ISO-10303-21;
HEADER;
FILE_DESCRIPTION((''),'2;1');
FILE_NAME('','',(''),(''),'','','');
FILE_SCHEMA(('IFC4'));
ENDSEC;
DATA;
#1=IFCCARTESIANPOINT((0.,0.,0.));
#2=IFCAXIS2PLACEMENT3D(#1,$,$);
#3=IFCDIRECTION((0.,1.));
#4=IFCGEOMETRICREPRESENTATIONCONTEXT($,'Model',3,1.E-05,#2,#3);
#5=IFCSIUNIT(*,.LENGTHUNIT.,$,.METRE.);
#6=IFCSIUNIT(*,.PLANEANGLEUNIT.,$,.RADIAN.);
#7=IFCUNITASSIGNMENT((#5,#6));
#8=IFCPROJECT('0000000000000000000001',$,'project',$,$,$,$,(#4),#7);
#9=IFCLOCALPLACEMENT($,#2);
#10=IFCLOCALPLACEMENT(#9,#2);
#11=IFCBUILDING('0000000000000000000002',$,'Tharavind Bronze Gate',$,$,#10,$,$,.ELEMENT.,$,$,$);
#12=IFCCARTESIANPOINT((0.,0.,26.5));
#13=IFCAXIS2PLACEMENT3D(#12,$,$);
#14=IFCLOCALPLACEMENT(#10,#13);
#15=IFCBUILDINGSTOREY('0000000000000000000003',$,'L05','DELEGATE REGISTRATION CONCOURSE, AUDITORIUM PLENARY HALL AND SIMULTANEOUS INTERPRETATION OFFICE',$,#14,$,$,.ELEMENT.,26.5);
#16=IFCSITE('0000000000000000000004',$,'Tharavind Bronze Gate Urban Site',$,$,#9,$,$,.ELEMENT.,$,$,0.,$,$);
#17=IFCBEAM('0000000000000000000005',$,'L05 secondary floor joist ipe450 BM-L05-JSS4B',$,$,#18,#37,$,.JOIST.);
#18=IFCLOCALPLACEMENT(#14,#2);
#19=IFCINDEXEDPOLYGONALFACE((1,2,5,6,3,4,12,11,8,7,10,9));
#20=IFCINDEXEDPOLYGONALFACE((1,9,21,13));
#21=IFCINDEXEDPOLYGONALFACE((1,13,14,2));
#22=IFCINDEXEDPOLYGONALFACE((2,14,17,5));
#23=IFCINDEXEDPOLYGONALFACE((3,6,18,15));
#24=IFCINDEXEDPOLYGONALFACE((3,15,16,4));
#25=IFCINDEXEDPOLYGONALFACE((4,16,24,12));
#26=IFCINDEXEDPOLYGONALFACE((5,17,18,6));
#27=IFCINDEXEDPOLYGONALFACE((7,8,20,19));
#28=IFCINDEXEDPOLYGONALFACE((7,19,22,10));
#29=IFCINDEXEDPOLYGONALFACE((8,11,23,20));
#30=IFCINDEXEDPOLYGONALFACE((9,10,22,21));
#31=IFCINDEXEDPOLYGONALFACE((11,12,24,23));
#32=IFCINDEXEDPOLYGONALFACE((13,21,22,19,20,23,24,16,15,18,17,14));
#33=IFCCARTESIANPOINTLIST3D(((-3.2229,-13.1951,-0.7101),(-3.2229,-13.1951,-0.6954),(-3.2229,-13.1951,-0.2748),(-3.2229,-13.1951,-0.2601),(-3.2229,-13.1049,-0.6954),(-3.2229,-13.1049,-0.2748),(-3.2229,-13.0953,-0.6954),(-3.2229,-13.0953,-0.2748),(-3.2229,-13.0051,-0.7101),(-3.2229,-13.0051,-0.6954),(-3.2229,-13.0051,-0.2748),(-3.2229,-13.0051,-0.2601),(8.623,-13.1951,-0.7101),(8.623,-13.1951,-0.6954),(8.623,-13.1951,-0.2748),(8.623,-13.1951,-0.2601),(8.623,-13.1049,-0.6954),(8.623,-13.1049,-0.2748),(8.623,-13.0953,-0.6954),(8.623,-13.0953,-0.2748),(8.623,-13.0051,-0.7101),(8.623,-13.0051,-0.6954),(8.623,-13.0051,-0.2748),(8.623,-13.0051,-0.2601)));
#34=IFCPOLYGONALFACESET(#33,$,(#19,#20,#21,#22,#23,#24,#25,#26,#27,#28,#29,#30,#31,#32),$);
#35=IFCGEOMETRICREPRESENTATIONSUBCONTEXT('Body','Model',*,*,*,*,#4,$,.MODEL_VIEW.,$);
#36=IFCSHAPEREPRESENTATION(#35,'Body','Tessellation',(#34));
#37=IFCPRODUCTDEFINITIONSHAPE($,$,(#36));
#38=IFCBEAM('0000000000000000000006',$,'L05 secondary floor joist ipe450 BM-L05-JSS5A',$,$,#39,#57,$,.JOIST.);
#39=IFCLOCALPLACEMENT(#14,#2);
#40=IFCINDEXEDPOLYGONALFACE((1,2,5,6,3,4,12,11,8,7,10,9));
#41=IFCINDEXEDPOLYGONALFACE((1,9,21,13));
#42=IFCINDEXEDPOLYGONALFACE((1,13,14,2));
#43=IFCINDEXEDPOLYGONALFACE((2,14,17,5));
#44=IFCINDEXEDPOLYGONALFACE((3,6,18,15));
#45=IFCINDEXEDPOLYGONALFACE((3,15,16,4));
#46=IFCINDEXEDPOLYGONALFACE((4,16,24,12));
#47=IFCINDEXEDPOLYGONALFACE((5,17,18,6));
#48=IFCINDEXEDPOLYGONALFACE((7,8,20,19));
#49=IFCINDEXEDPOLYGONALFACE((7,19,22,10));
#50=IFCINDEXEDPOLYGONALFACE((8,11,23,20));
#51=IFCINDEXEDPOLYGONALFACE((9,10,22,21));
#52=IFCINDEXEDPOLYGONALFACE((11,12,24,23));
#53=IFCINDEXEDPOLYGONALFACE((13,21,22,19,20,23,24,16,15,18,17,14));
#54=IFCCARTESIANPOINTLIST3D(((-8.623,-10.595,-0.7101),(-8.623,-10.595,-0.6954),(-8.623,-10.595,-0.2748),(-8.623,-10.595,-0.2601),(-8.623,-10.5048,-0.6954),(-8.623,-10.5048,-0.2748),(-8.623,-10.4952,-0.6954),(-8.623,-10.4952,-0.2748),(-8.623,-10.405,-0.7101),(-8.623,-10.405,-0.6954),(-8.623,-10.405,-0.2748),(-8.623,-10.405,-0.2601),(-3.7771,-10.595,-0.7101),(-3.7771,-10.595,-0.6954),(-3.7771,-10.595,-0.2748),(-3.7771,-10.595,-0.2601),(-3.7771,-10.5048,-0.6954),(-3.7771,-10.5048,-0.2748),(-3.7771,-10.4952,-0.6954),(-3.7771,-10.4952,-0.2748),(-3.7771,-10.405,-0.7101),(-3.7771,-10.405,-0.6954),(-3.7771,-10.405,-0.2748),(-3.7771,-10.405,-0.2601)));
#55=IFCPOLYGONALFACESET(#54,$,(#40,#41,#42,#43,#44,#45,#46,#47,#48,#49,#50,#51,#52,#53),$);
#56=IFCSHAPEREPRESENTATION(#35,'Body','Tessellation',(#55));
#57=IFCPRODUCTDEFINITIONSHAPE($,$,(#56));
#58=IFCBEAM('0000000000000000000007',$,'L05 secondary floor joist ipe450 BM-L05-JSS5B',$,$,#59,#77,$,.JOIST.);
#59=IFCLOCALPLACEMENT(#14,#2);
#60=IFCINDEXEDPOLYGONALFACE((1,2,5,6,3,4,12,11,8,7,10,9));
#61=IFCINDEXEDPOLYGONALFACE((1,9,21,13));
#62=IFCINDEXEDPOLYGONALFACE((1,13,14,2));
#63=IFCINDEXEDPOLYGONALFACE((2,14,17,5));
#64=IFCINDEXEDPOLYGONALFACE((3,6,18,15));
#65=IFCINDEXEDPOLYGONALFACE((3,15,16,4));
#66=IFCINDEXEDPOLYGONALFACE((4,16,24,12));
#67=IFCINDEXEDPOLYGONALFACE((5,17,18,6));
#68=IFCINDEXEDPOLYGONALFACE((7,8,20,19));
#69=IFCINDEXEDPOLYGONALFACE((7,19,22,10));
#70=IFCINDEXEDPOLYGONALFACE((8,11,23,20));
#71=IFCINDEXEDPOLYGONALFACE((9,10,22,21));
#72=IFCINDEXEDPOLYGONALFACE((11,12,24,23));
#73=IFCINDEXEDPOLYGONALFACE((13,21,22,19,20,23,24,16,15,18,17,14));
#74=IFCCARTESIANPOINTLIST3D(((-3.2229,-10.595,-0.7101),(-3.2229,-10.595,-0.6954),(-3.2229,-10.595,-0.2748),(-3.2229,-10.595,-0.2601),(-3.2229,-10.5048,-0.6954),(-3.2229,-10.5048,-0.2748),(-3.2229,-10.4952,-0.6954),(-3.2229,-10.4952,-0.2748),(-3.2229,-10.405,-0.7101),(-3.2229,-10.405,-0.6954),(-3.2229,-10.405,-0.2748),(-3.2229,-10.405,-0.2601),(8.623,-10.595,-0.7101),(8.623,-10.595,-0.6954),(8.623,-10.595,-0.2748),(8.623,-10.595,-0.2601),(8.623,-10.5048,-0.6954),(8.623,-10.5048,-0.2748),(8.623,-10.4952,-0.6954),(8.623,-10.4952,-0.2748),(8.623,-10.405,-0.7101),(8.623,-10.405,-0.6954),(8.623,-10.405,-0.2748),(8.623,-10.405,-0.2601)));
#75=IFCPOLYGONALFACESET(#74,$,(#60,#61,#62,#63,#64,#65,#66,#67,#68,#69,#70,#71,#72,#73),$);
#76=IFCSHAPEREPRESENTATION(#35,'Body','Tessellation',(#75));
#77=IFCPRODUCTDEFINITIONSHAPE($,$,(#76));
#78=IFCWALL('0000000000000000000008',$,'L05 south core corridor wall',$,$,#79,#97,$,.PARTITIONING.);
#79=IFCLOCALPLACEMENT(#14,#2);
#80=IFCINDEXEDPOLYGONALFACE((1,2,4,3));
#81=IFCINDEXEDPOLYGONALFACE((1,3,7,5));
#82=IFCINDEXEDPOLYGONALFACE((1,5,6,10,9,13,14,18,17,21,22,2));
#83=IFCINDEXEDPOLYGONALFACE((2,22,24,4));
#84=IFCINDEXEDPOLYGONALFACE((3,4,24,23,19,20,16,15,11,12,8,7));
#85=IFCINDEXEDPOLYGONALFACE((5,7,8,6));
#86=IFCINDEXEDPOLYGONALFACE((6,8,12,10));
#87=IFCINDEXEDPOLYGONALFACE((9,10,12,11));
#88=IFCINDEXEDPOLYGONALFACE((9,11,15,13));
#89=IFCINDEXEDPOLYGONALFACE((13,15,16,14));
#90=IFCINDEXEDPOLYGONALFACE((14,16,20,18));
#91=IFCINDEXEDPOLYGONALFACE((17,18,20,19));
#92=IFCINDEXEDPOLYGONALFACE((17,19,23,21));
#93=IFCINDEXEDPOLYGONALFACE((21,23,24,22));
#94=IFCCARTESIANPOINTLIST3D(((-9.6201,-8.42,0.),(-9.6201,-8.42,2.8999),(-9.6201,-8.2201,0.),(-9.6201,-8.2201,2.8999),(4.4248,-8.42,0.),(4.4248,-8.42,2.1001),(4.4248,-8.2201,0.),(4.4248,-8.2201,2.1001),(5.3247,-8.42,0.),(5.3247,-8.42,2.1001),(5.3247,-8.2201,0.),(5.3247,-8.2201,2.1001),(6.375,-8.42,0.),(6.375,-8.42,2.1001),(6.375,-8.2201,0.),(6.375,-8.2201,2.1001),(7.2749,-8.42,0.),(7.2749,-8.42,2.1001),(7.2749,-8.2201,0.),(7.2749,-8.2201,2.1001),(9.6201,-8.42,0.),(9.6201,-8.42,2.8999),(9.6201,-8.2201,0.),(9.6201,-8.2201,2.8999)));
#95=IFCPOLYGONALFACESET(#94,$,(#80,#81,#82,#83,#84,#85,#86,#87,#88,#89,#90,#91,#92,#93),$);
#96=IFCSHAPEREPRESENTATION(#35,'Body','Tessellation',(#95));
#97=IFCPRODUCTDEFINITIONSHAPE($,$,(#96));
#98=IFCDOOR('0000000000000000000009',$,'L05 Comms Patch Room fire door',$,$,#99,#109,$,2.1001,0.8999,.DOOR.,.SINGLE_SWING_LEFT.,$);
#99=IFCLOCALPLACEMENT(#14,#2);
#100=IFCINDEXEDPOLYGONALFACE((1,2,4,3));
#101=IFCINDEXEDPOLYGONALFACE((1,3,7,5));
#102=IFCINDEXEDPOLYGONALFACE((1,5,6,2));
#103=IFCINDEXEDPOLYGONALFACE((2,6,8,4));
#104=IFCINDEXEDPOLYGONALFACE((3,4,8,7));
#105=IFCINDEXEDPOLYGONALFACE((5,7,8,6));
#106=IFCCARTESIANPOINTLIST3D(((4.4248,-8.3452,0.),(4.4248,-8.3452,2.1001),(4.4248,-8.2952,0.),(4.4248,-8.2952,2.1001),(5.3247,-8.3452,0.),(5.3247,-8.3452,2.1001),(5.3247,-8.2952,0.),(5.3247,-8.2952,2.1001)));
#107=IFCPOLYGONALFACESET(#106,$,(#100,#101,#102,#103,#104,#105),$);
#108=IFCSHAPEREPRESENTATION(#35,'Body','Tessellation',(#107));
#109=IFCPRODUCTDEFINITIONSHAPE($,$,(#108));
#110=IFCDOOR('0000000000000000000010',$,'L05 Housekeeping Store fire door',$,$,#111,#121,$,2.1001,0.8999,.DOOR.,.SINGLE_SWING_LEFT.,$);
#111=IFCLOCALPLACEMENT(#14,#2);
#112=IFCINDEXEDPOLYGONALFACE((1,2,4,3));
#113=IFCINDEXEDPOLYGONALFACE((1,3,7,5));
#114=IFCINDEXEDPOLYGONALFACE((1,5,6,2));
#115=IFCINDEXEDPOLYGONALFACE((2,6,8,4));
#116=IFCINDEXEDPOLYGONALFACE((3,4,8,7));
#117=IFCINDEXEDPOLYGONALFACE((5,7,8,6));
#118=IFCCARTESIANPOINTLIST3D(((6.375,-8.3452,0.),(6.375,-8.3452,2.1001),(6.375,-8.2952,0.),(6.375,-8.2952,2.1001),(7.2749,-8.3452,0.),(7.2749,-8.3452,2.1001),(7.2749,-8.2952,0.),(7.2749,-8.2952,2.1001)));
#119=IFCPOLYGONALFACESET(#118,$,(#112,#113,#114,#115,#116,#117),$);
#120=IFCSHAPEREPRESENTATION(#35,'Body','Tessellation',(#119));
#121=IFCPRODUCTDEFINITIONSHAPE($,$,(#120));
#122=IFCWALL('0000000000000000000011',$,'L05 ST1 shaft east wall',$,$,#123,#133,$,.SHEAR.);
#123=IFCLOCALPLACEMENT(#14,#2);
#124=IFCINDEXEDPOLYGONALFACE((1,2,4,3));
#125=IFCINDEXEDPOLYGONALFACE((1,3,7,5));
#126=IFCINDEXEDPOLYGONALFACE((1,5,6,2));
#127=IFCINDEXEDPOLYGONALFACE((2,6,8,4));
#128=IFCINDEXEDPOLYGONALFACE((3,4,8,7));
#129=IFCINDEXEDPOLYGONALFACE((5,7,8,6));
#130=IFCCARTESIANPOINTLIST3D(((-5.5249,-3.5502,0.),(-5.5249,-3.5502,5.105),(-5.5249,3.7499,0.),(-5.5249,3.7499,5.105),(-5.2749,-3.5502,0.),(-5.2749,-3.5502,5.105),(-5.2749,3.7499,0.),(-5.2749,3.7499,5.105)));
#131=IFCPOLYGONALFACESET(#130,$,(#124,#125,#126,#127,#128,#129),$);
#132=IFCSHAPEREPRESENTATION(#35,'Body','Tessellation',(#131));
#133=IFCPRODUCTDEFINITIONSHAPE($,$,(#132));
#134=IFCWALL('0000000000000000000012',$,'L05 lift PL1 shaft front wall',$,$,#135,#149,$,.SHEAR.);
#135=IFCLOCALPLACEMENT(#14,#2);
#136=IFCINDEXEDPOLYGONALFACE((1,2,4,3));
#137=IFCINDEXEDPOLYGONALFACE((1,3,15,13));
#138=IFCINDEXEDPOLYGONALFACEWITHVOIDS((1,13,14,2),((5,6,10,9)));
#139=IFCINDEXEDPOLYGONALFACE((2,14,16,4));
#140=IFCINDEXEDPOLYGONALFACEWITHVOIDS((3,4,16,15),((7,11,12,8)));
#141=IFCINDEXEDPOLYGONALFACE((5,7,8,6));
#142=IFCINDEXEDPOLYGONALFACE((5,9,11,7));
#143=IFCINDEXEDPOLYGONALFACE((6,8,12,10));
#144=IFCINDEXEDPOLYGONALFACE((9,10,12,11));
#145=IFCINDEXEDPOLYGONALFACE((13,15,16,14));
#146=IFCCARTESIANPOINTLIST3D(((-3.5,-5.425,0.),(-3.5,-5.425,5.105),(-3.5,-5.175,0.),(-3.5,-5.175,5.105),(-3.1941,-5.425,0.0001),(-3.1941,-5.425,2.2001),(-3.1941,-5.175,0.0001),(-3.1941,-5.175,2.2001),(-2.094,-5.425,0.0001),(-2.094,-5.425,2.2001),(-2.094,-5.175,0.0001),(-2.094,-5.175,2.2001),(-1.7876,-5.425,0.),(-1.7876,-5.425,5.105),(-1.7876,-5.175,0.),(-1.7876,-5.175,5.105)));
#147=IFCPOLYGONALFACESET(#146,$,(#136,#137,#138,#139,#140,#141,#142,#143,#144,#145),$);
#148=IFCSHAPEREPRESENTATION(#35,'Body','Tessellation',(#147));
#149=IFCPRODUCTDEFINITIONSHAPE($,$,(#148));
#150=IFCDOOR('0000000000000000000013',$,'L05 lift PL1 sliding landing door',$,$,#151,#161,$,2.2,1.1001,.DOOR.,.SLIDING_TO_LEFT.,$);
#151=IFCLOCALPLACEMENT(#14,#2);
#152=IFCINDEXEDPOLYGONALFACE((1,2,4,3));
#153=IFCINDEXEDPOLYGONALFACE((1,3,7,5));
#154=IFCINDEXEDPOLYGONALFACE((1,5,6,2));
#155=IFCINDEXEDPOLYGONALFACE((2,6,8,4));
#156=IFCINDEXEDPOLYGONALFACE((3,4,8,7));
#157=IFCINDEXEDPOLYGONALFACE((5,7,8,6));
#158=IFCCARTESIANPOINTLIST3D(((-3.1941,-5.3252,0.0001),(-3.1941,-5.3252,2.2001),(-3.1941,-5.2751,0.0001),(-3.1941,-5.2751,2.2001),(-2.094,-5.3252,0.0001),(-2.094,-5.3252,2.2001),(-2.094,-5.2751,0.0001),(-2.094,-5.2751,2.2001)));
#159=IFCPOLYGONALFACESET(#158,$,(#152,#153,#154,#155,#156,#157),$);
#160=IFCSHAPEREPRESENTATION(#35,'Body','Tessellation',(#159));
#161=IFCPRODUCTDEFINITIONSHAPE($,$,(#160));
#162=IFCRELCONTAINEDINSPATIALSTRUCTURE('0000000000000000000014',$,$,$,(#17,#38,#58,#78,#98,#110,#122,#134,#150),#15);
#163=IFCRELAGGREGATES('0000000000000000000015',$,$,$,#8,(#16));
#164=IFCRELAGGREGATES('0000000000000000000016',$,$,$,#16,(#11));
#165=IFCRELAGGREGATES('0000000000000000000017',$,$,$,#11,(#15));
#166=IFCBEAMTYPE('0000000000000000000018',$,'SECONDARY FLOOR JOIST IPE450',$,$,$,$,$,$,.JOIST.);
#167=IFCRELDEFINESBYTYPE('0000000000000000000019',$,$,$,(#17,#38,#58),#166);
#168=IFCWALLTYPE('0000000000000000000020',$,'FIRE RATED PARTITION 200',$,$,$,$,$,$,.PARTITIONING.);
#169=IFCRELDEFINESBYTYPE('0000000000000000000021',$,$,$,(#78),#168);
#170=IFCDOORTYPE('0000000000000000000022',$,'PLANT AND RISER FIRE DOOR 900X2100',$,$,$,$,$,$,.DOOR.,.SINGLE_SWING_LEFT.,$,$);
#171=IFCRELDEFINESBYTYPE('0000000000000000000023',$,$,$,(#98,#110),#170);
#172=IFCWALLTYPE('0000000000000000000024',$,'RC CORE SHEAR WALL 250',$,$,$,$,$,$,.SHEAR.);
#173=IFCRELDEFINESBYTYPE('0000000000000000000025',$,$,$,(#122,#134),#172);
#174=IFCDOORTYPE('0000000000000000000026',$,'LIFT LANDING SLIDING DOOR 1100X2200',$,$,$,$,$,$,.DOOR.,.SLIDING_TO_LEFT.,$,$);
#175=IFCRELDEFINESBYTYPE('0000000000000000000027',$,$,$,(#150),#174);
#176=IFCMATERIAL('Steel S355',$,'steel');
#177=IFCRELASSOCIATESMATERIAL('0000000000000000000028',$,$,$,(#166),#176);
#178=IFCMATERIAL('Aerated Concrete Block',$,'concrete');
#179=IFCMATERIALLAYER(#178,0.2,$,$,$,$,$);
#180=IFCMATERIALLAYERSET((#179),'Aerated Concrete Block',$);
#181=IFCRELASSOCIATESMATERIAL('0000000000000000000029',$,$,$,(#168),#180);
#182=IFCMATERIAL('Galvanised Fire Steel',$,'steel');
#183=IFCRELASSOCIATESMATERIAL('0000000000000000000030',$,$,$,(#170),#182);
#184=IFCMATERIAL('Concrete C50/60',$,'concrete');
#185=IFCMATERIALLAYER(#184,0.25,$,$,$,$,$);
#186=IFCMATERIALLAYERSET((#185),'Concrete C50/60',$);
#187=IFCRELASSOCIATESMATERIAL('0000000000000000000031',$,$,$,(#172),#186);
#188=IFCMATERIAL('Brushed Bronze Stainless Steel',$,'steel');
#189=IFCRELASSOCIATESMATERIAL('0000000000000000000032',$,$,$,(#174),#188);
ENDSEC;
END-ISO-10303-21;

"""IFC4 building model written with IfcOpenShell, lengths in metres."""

from ifc_helpers import new_model, si_unit, direction, frame, frame_2d, origin, origin_2d, place, context, subcontext, project, spatial, rectangle, i_section, extrude, material, layer, layer_set, material_profile, profile_set, type_object, element, fill, save


model = new_model("IFC4")

# Units and contexts
model_context = context("Model", 3, precision=1e-05, world=origin(), true_north=direction((0.0, 1.0)))
body_context = subcontext(model_context, "Body", "Model", "MODEL_VIEW")
ifc_project = project(units=[si_unit("LENGTHUNIT", "METRE"), si_unit("PLANEANGLEUNIT", "RADIAN")], contexts=[model_context])

# Site, building, storey
site_placement = place(None, origin())
site = spatial("IfcSite", under=ifc_project, at=site_placement, Name="Tharavind Bronze Gate Urban Site", CompositionType="ELEMENT", RefElevation=0.0)
building_placement = place(site_placement, origin())
building = spatial("IfcBuilding", under=site, at=building_placement, Name="Tharavind Bronze Gate", CompositionType="ELEMENT")
storey_placement = place(building_placement, frame((0.0, 0.0, 26.5)))
storey = spatial("IfcBuildingStorey", under=building, at=storey_placement, Name="L05", Description="DELEGATE REGISTRATION CONCOURSE, AUDITORIUM PLENARY HALL AND SIMULTANEOUS INTERPRETATION OFFICE", CompositionType="ELEMENT", Elevation=26.5)

# Beams
ifc_material_1 = material(Name="Steel S355", Category="steel")
ifc_material_profile_1 = material_profile(ifc_material_1, i_section(OverallWidth=0.1899, OverallDepth=0.45, WebThickness=0.0095, FlangeThickness=0.0146, at=origin_2d()), Name="IPE450")
ifc_profile_set_1 = profile_set([ifc_material_profile_1], Name="Steel S355")
beam_type_1 = type_object("IfcBeamType", Name="SECONDARY FLOOR JOIST IPE450", PredefinedType="JOIST", material=ifc_profile_set_1)
beam_1_placement = place(storey_placement, frame((-3.2229, -13.1001, -0.4851), z_axis=(1.0, 0.0, 0.0), x_axis=(0.0, 1.0, 0.0)))
element("IfcBeam", 1, at=beam_1_placement, inside=storey, type_object=beam_type_1, Name="L05 secondary floor joist ipe450 BM-L05-JSS4B", PredefinedType="JOIST", context=body_context, shape_type="SweptSolid", body=[
    extrude(i_section(OverallWidth=0.1899, OverallDepth=0.45, WebThickness=0.0095, FlangeThickness=0.0146, at=origin_2d()), origin(), (0.0, 0.0, 1.0), 11.8459),
])
beam_2_placement = place(storey_placement, frame((-8.623, -10.5, -0.4851), z_axis=(1.0, 0.0, 0.0), x_axis=(0.0, 1.0, 0.0)))
element("IfcBeam", 2, at=beam_2_placement, inside=storey, type_object=beam_type_1, Name="L05 secondary floor joist ipe450 BM-L05-JSS5A", PredefinedType="JOIST", context=body_context, shape_type="SweptSolid", body=[
    extrude(i_section(OverallWidth=0.1899, OverallDepth=0.45, WebThickness=0.0095, FlangeThickness=0.0146, at=origin_2d()), origin(), (0.0, 0.0, 1.0), 4.8459),
])
beam_3_placement = place(storey_placement, frame((-3.2229, -10.5, -0.4851), z_axis=(1.0, 0.0, 0.0), x_axis=(0.0, 1.0, 0.0)))
element("IfcBeam", 3, at=beam_3_placement, inside=storey, type_object=beam_type_1, Name="L05 secondary floor joist ipe450 BM-L05-JSS5B", PredefinedType="JOIST", context=body_context, shape_type="SweptSolid", body=[
    extrude(i_section(OverallWidth=0.1899, OverallDepth=0.45, WebThickness=0.0095, FlangeThickness=0.0146, at=origin_2d()), origin(), (0.0, 0.0, 1.0), 11.8459),
])

# Wall, openings, doors
ifc_material_2 = material(Name="Aerated Concrete Block", Category="concrete")
ifc_layer_1 = layer(ifc_material_2, 0.2)
ifc_layer_set_1 = layer_set([ifc_layer_1], Name="Aerated Concrete Block")
wall_type_1 = type_object("IfcWallType", Name="FIRE RATED PARTITION 200", PredefinedType="PARTITIONING", material=ifc_layer_set_1)
wall_1_placement = place(storey_placement, frame((-9.6201, -8.3201, 0.0), z_axis=(0.0, 0.0, 1.0), x_axis=(1.0, 0.0, 0.0)))
wall_1 = element("IfcWall", 4, at=wall_1_placement, inside=storey, type_object=wall_type_1, Name="L05 south core corridor wall", PredefinedType="PARTITIONING", context=body_context, shape_type="SweptSolid", body=[
    extrude(rectangle(XDim=19.2402, YDim=0.2, at=frame_2d((9.6201, 0.0))), origin(), (0.0, 0.0, 1.0), 2.8999),
])
opening_1_placement = place(wall_1_placement, frame((14.0449, 0.0, 0.0)))
opening_1 = element("IfcOpeningElement", 5, at=opening_1_placement, cuts=wall_1, PredefinedType="OPENING", context=body_context, shape_type="SweptSolid", body=[
    extrude(rectangle(XDim=0.8999, YDim=2.1001, at=frame_2d((0.45, 1.05))), frame((0.0, 0.1101, 0.0), z_axis=(0.0, -1.0, 0.0), x_axis=(1.0, 0.0, 0.0)), (0.0, 0.0, 1.0), 0.22),
])
opening_2_placement = place(wall_1_placement, frame((15.9951, 0.0, 0.0)))
opening_2 = element("IfcOpeningElement", 6, at=opening_2_placement, cuts=wall_1, PredefinedType="OPENING", context=body_context, shape_type="SweptSolid", body=[
    extrude(rectangle(XDim=0.8999, YDim=2.1001, at=frame_2d((0.45, 1.05))), frame((0.0, 0.1101, 0.0), z_axis=(0.0, -1.0, 0.0), x_axis=(1.0, 0.0, 0.0)), (0.0, 0.0, 1.0), 0.22),
])
ifc_material_3 = material(Name="Galvanised Fire Steel", Category="steel")
door_type_1 = type_object("IfcDoorType", Name="PLANT AND RISER FIRE DOOR 900X2100", OperationType="SINGLE_SWING_LEFT", PredefinedType="DOOR", material=ifc_material_3)
door_1_placement = place(opening_1_placement, origin())
door_1 = element("IfcDoor", 7, at=door_1_placement, inside=storey, type_object=door_type_1, Name="L05 Comms Patch Room fire door", OperationType="SINGLE_SWING_LEFT", OverallHeight=2.1001, OverallWidth=0.8999, PredefinedType="DOOR", context=body_context, shape_type="SweptSolid", body=[
    extrude(rectangle(XDim=0.8999, YDim=2.1001, at=frame_2d((0.45, 1.05))), frame((0.0, 0.0249, 0.0), z_axis=(0.0, -1.0, 0.0), x_axis=(1.0, 0.0, 0.0)), (0.0, 0.0, 1.0), 0.05),
])
fill(opening_1, door_1)
door_2_placement = place(opening_2_placement, origin())
door_2 = element("IfcDoor", 8, at=door_2_placement, inside=storey, type_object=door_type_1, Name="L05 Housekeeping Store fire door", OperationType="SINGLE_SWING_LEFT", OverallHeight=2.1001, OverallWidth=0.8999, PredefinedType="DOOR", context=body_context, shape_type="SweptSolid", body=[
    extrude(rectangle(XDim=0.8999, YDim=2.1001, at=frame_2d((0.45, 1.05))), frame((0.0, 0.0249, 0.0), z_axis=(0.0, -1.0, 0.0), x_axis=(1.0, 0.0, 0.0)), (0.0, 0.0, 1.0), 0.05),
])
fill(opening_2, door_2)

# Wall
ifc_material_4 = material(Name="Concrete C50/60", Category="concrete")
ifc_layer_2 = layer(ifc_material_4, 0.25)
ifc_layer_set_2 = layer_set([ifc_layer_2], Name="Concrete C50/60")
wall_type_2 = type_object("IfcWallType", Name="RC CORE SHEAR WALL 250", PredefinedType="SHEAR", material=ifc_layer_set_2)
wall_2_placement = place(storey_placement, frame((-5.3999, -3.55, 0.0), z_axis=(0.0, 0.0, 1.0), x_axis=(0.0, 1.0, 0.0)))
element("IfcWall", 9, at=wall_2_placement, inside=storey, type_object=wall_type_2, Name="L05 ST1 shaft east wall", PredefinedType="SHEAR", context=body_context, shape_type="SweptSolid", body=[
    extrude(rectangle(XDim=7.3, YDim=0.25, at=frame_2d((3.6499, 0.0))), origin(), (0.0, 0.0, 1.0), 5.105),
])

# Wall, opening, door
wall_3_placement = place(storey_placement, frame((-3.5, -5.3, 0.0), z_axis=(0.0, 0.0, 1.0), x_axis=(1.0, 0.0, 0.0)))
wall_3 = element("IfcWall", 10, at=wall_3_placement, inside=storey, type_object=wall_type_2, Name="L05 lift PL1 shaft front wall", PredefinedType="SHEAR", context=body_context, shape_type="SweptSolid", body=[
    extrude(rectangle(XDim=1.7124, YDim=0.25, at=frame_2d((0.8562, 0.0))), origin(), (0.0, 0.0, 1.0), 5.105),
])
opening_3_placement = place(wall_3_placement, frame((0.3059, 0.0, 0.0)))
opening_3 = element("IfcOpeningElement", 11, at=opening_3_placement, cuts=wall_3, PredefinedType="OPENING", context=body_context, shape_type="SweptSolid", body=[
    extrude(rectangle(XDim=1.1001, YDim=2.2, at=frame_2d((0.55, 1.1001))), frame((0.0, 0.135, 0.0), z_axis=(0.0, -1.0, 0.0), x_axis=(1.0, 0.0, 0.0)), (0.0, 0.0, 1.0), 0.27),
])
ifc_material_5 = material(Name="Brushed Bronze Stainless Steel", Category="steel")
door_type_2 = type_object("IfcDoorType", Name="LIFT LANDING SLIDING DOOR 1100X2200", OperationType="SLIDING_TO_LEFT", PredefinedType="DOOR", material=ifc_material_5)
door_3_placement = place(opening_3_placement, origin())
door_3 = element("IfcDoor", 12, at=door_3_placement, inside=storey, type_object=door_type_2, Name="L05 lift PL1 sliding landing door", OperationType="SLIDING_TO_LEFT", OverallHeight=2.2, OverallWidth=1.1001, PredefinedType="DOOR", context=body_context, shape_type="SweptSolid", body=[
    extrude(rectangle(XDim=1.1001, YDim=2.2, at=frame_2d((0.55, 1.1001))), frame((0.0, 0.0249, 0.0), z_axis=(0.0, -1.0, 0.0), x_axis=(1.0, 0.0, 0.0)), (0.0, 0.0, 1.0), 0.05),
])
fill(opening_3, door_3)

save(model, "model.ifc")
